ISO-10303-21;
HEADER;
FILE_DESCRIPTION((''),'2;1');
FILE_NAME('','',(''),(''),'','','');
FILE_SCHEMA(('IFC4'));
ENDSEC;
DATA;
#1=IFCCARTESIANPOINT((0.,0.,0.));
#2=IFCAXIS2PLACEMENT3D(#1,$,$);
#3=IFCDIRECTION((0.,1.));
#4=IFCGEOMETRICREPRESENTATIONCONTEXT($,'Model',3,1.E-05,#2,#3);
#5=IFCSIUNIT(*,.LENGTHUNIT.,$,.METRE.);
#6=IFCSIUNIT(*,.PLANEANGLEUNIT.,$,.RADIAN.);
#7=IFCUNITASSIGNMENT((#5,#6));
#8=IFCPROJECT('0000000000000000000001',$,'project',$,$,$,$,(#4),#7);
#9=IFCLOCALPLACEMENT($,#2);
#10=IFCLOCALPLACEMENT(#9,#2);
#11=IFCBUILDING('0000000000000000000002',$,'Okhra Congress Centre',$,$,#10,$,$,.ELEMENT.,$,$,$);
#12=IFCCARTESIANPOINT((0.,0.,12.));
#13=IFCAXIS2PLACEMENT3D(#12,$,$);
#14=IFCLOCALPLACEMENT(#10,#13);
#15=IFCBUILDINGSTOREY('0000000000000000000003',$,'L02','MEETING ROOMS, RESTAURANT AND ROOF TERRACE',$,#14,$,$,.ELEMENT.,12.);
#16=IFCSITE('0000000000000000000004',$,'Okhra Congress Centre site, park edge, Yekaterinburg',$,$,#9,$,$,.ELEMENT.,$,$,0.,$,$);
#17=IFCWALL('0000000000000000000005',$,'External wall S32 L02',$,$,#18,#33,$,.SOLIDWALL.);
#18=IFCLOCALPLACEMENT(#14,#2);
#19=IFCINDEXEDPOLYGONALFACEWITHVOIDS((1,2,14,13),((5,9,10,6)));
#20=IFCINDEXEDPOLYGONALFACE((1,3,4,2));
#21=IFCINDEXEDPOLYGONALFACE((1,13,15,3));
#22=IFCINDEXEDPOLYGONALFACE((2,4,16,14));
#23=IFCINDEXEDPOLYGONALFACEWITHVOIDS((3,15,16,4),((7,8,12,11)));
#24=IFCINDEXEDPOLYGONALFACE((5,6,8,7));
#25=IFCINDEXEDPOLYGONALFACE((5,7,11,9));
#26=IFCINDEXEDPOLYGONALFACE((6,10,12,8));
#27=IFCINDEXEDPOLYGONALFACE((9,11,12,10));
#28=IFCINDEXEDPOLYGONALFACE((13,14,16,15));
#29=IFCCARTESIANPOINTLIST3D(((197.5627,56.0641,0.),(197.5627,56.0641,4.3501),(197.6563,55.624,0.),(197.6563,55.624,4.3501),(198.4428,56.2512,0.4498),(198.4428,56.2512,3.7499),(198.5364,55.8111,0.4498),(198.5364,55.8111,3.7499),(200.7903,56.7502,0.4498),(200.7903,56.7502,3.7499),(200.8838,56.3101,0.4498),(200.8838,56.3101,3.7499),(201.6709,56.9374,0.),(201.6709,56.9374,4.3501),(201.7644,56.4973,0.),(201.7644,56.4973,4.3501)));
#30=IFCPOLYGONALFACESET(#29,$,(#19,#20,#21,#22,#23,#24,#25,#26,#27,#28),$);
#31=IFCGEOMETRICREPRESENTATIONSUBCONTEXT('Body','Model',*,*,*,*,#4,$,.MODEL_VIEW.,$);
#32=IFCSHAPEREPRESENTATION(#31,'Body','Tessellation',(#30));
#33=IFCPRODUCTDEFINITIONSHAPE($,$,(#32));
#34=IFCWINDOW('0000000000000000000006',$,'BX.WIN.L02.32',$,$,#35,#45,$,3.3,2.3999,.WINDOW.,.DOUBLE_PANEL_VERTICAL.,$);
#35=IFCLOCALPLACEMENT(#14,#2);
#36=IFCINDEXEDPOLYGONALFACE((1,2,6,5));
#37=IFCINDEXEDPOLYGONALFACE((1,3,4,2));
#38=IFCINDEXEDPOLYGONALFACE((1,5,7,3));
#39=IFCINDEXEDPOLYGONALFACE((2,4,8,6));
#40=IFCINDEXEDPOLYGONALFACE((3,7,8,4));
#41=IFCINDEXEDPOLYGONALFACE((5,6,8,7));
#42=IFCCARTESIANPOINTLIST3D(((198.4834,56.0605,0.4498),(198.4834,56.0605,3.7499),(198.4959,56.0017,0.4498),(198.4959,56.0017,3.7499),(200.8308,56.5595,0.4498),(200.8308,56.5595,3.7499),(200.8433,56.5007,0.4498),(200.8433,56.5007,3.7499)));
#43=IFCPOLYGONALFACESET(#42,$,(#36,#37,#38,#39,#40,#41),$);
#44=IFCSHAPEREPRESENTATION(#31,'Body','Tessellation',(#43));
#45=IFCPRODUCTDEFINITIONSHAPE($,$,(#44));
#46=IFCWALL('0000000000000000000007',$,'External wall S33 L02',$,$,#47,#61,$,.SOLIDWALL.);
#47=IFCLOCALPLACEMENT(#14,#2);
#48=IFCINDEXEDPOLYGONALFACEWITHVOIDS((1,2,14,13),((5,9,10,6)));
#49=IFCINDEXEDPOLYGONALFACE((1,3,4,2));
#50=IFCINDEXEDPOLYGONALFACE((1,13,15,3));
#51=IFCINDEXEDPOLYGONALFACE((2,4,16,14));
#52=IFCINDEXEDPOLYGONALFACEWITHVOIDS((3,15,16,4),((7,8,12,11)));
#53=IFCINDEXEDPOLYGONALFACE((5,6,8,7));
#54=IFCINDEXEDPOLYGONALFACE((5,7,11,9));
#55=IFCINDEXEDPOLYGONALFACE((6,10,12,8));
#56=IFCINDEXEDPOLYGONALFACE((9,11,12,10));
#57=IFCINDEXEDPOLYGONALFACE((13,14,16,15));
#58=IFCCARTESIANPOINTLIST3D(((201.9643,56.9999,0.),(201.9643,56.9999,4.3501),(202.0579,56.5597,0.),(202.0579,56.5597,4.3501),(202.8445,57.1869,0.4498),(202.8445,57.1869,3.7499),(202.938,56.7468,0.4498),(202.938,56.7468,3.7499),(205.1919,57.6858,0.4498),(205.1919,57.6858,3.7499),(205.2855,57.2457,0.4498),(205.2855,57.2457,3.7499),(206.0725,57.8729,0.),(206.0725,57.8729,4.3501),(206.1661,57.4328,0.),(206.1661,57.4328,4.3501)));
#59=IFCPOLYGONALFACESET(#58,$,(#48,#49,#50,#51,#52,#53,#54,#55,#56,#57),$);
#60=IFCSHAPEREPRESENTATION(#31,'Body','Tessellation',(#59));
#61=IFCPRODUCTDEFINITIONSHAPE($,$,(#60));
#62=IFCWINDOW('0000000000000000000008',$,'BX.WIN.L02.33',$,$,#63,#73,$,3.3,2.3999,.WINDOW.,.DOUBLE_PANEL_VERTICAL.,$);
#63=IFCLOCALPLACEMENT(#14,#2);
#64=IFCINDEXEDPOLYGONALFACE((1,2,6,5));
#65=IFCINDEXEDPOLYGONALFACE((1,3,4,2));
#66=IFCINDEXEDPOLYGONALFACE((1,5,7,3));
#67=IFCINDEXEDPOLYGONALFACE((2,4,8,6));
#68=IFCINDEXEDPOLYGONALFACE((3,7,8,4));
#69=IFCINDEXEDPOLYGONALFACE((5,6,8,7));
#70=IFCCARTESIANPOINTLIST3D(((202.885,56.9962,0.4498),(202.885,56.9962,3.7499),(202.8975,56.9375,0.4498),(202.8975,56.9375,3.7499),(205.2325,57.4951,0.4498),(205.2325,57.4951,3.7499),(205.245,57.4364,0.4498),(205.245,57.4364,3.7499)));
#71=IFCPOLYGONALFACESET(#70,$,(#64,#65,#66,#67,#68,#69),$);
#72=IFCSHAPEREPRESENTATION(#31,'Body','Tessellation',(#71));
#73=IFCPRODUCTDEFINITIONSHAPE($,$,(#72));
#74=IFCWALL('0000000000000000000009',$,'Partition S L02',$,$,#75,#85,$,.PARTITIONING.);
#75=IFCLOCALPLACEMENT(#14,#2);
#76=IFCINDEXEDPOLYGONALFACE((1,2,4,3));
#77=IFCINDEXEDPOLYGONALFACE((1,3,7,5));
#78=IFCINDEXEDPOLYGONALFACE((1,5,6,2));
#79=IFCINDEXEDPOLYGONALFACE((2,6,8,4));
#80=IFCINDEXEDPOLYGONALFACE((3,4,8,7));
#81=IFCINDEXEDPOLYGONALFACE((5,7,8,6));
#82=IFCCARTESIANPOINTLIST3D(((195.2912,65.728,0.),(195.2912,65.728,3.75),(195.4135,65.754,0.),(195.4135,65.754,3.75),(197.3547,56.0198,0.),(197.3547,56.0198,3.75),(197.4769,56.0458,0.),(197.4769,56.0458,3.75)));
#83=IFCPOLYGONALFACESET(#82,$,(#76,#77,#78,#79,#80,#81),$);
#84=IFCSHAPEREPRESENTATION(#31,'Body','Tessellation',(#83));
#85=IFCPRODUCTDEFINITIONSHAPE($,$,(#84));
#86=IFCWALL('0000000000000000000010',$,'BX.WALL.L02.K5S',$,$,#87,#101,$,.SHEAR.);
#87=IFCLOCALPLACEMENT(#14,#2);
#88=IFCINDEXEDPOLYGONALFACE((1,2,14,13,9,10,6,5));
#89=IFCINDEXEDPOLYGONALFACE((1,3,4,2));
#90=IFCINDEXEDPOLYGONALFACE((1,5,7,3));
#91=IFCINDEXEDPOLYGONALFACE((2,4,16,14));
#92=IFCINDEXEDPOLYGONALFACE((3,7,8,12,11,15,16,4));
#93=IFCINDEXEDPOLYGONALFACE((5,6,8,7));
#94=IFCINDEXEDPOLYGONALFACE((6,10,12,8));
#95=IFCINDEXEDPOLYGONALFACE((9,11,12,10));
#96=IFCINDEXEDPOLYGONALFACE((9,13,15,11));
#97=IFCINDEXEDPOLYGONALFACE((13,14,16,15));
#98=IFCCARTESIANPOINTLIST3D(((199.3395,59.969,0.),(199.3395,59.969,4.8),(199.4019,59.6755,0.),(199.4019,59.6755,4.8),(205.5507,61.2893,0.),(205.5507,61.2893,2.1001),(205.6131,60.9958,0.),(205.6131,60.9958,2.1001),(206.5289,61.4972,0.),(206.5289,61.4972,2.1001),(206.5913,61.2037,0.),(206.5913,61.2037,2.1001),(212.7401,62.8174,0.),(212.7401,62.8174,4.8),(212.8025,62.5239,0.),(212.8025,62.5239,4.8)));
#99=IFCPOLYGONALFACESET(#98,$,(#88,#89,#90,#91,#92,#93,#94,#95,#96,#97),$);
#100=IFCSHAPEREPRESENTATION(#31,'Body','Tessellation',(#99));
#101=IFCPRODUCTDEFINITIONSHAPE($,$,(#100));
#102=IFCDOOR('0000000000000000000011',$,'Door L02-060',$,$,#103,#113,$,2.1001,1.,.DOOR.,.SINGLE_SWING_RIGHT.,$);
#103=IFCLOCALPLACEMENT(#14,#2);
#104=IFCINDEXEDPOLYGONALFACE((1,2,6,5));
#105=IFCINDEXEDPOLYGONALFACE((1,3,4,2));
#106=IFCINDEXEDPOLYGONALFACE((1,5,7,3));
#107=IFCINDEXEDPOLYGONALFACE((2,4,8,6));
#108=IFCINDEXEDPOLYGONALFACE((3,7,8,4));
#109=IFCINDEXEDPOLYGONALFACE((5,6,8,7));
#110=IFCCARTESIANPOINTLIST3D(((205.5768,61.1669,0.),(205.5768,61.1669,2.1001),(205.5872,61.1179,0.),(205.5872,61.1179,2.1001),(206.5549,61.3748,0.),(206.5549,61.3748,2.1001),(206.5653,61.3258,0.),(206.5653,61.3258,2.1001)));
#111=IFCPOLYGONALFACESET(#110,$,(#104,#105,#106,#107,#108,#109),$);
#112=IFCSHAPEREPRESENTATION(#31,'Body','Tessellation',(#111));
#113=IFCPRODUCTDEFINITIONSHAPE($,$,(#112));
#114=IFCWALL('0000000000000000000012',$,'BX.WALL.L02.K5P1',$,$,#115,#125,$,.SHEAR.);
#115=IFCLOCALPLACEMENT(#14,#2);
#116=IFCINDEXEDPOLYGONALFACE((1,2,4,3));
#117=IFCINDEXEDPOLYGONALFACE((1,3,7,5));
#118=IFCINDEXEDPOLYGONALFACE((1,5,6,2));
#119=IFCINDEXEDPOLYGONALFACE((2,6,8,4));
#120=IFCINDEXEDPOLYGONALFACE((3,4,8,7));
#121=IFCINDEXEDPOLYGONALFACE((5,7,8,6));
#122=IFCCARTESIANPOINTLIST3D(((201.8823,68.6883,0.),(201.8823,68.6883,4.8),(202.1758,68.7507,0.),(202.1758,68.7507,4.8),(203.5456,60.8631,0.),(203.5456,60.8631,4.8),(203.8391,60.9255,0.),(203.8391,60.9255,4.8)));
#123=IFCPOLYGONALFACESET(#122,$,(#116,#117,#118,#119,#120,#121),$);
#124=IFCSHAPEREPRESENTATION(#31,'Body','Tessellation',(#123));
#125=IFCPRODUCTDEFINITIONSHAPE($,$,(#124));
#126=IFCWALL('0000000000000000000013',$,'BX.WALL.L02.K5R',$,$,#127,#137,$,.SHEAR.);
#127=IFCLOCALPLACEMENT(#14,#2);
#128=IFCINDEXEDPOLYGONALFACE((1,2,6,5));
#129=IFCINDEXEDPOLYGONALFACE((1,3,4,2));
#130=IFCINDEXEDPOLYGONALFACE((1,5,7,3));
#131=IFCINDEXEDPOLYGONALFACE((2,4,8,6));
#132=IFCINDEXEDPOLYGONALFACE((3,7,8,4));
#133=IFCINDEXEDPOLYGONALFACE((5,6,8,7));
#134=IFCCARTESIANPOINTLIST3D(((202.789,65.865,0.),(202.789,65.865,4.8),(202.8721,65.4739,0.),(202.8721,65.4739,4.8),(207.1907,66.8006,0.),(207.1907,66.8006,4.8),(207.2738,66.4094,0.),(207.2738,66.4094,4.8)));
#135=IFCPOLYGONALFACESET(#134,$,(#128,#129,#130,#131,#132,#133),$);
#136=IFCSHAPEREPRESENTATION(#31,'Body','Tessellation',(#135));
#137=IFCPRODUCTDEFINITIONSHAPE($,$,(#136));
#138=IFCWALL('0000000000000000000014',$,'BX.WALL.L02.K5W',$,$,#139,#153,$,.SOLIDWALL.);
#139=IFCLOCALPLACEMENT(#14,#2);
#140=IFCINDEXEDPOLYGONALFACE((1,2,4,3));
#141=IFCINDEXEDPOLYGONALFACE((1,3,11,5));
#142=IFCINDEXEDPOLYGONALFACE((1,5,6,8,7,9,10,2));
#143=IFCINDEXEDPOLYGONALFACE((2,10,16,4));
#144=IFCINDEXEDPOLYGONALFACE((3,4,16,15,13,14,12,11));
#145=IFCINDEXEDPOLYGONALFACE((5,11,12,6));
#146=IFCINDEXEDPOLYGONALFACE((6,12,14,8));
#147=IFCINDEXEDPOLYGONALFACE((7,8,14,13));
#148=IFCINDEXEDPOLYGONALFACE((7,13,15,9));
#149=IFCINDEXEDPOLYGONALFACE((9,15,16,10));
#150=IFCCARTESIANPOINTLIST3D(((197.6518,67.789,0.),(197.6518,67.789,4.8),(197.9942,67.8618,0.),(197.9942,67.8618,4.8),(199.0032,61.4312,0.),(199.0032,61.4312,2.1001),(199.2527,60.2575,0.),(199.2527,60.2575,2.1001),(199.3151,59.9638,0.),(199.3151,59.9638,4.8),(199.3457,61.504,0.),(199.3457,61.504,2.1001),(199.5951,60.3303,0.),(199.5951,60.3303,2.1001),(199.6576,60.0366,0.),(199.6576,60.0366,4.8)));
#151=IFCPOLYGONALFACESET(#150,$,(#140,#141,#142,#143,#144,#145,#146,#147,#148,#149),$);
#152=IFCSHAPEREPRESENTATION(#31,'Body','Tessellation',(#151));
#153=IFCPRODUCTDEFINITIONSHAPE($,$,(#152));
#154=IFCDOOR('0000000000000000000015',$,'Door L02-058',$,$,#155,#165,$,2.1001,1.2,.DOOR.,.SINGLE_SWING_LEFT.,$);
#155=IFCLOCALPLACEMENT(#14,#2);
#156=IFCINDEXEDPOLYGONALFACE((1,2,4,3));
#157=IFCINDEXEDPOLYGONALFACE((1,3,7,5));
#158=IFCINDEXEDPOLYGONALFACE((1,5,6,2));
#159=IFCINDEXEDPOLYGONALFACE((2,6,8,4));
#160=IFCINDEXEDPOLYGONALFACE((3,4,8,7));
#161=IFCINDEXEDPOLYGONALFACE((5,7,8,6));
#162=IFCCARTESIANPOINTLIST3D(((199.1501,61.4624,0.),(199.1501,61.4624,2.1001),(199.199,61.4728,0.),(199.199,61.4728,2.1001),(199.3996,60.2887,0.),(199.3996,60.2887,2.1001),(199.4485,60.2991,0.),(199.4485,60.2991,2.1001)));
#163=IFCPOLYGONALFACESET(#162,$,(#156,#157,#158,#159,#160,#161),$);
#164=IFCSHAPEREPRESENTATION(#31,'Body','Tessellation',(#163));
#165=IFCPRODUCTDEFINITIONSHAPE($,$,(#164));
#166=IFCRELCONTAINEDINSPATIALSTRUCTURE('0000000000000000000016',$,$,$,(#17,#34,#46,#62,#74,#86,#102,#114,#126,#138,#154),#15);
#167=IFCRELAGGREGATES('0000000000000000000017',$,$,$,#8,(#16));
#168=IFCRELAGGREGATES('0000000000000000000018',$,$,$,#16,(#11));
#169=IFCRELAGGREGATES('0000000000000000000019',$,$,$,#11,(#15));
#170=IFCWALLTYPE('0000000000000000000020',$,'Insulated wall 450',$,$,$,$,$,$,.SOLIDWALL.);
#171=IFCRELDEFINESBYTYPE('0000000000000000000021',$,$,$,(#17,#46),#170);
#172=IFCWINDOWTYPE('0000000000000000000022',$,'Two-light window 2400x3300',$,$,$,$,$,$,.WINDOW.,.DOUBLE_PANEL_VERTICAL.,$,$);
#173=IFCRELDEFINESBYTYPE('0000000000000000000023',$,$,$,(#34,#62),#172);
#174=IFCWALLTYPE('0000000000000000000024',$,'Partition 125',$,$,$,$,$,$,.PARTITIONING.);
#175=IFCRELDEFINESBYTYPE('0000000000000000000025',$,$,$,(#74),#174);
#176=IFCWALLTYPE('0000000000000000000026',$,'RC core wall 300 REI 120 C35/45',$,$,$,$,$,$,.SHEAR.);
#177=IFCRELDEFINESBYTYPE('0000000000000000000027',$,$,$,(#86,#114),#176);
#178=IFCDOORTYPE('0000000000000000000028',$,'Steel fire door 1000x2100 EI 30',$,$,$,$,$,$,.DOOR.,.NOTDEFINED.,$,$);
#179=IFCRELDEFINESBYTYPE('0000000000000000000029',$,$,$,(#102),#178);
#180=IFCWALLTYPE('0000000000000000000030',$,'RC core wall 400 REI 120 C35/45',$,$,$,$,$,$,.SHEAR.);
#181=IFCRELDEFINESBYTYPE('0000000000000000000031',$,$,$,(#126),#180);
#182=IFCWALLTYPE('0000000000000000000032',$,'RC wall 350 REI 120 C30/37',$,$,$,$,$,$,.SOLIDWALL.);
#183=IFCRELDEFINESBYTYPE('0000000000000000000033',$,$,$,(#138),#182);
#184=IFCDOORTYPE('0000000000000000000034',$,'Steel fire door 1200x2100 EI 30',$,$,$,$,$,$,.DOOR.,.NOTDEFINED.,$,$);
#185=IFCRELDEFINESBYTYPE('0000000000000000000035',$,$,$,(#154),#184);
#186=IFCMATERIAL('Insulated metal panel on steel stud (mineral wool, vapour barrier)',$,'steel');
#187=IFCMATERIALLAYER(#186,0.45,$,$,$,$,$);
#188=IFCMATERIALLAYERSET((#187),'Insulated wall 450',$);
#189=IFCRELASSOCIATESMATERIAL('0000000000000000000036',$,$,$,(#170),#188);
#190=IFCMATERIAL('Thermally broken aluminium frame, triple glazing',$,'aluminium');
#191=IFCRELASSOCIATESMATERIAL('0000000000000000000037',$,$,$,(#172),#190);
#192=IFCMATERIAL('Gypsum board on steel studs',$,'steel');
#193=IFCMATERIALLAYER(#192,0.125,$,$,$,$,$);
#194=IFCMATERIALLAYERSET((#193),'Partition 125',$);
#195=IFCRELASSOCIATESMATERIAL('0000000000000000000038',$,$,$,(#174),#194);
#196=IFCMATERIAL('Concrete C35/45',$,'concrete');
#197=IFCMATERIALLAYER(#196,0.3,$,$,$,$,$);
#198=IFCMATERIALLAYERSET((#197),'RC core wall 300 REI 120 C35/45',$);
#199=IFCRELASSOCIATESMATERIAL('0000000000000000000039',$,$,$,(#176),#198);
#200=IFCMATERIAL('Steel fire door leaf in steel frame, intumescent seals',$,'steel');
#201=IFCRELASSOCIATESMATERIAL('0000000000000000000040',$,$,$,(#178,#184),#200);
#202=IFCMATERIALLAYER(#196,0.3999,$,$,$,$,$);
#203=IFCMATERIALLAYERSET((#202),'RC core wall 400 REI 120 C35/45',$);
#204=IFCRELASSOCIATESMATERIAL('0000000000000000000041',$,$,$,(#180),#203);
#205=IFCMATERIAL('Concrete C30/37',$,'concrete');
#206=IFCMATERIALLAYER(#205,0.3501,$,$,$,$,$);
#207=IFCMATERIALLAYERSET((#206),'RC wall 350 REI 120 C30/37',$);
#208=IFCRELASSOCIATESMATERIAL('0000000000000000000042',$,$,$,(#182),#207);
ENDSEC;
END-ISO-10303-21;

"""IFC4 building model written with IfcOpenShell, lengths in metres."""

from ifc_helpers import new_model, si_unit, direction, frame, frame_2d, origin, place, context, subcontext, project, spatial, rectangle, extrude, material, layer, layer_set, type_object, element, fill, save


model = new_model("IFC4")

# Units and contexts
model_context = context("Model", 3, precision=1e-05, world=origin(), true_north=direction((0.0, 1.0)))
body_context = subcontext(model_context, "Body", "Model", "MODEL_VIEW")
ifc_project = project(units=[si_unit("LENGTHUNIT", "METRE"), si_unit("PLANEANGLEUNIT", "RADIAN")], contexts=[model_context])

# Site, building, storey
site_placement = place(None, origin())
site = spatial("IfcSite", under=ifc_project, at=site_placement, Name="Okhra Congress Centre site, park edge, Yekaterinburg", CompositionType="ELEMENT", RefElevation=0.0)
building_placement = place(site_placement, origin())
building = spatial("IfcBuilding", under=site, at=building_placement, Name="Okhra Congress Centre", CompositionType="ELEMENT")
storey_placement = place(building_placement, frame((0.0, 0.0, 12.0)))
storey = spatial("IfcBuildingStorey", under=building, at=storey_placement, Name="L02", Description="MEETING ROOMS, RESTAURANT AND ROOF TERRACE", CompositionType="ELEMENT", Elevation=12.0)

# Walls, openings, windows
ifc_material_1 = material(Name="Insulated metal panel on steel stud (mineral wool, vapour barrier)", Category="steel")
ifc_layer_1 = layer(ifc_material_1, 0.45)
ifc_layer_set_1 = layer_set([ifc_layer_1], Name="Insulated wall 450")
wall_type_1 = type_object("IfcWallType", Name="Insulated wall 450", PredefinedType="SOLIDWALL", material=ifc_layer_set_1)
ifc_material_2 = material(Name="Thermally broken aluminium frame, triple glazing", Category="aluminium")
wall_1_placement = place(storey_placement, frame((197.6094, 55.844, 0.0), z_axis=(0.0, 0.0, 1.0), x_axis=(0.978144, 0.207929, 0.0)))
wall_1 = element("IfcWall", 1, at=wall_1_placement, inside=storey, type_object=wall_type_1, Name="External wall S32 L02", PredefinedType="SOLIDWALL", context=body_context, shape_type="SweptSolid", body=[
    extrude(rectangle(XDim=4.2, YDim=0.45, at=frame_2d((2.1001, 0.0))), origin(), (0.0, 0.0, 1.0), 4.3501),
])
opening_1_placement = place(wall_1_placement, frame((0.8999, 0.0, 0.45)))
opening_1 = element("IfcOpeningElement", 2, at=opening_1_placement, cuts=wall_1, PredefinedType="OPENING", context=body_context, shape_type="SweptSolid", body=[
    extrude(rectangle(XDim=2.3999, YDim=3.3, at=frame_2d((1.2, 1.6499))), frame((0.0, 0.2349, 0.0), z_axis=(0.0, -1.0, 0.0), x_axis=(1.0, 0.0, 0.0)), (0.0, 0.0, 1.0), 0.47),
])
window_type_1 = type_object("IfcWindowType", Name="Two-light window 2400x3300", PartitioningType="DOUBLE_PANEL_VERTICAL", PredefinedType="WINDOW", material=ifc_material_2)
window_1_placement = place(opening_1_placement, origin())
window_1 = element("IfcWindow", 3, at=window_1_placement, inside=storey, type_object=window_type_1, Name="BX.WIN.L02.32", OverallHeight=3.3, OverallWidth=2.3999, PartitioningType="DOUBLE_PANEL_VERTICAL", PredefinedType="WINDOW", context=body_context, shape_type="SweptSolid", body=[
    extrude(rectangle(XDim=2.3999, YDim=3.3, at=frame_2d((1.2, 1.6499))), frame((0.0, 0.03, 0.0), z_axis=(0.0, -1.0, 0.0), x_axis=(1.0, 0.0, 0.0)), (0.0, 0.0, 1.0), 0.0601),
])
fill(opening_1, window_1)
wall_2_placement = place(storey_placement, frame((202.011, 56.7798, 0.0), z_axis=(0.0, 0.0, 1.0), x_axis=(0.978156, 0.207873, 0.0)))
wall_2 = element("IfcWall", 4, at=wall_2_placement, inside=storey, type_object=wall_type_1, Name="External wall S33 L02", PredefinedType="SOLIDWALL", context=body_context, shape_type="SweptSolid", body=[
    extrude(rectangle(XDim=4.2, YDim=0.45, at=frame_2d((2.1001, 0.0))), origin(), (0.0, 0.0, 1.0), 4.3501),
])
opening_2_placement = place(wall_2_placement, frame((0.8999, 0.0, 0.45)))
opening_2 = element("IfcOpeningElement", 5, at=opening_2_placement, cuts=wall_2, PredefinedType="OPENING", context=body_context, shape_type="SweptSolid", body=[
    extrude(rectangle(XDim=2.3999, YDim=3.3, at=frame_2d((1.2, 1.6499))), frame((0.0, 0.2349, 0.0), z_axis=(0.0, -1.0, 0.0), x_axis=(1.0, 0.0, 0.0)), (0.0, 0.0, 1.0), 0.47),
])
window_2_placement = place(opening_2_placement, origin())
window_2 = element("IfcWindow", 6, at=window_2_placement, inside=storey, type_object=window_type_1, Name="BX.WIN.L02.33", OverallHeight=3.3, OverallWidth=2.3999, PartitioningType="DOUBLE_PANEL_VERTICAL", PredefinedType="WINDOW", context=body_context, shape_type="SweptSolid", body=[
    extrude(rectangle(XDim=2.3999, YDim=3.3, at=frame_2d((1.2, 1.6499))), frame((0.0, 0.03, 0.0), z_axis=(0.0, -1.0, 0.0), x_axis=(1.0, 0.0, 0.0)), (0.0, 0.0, 1.0), 0.0601),
])
fill(opening_2, window_2)

# Wall
ifc_material_3 = material(Name="Gypsum board on steel studs", Category="steel")
ifc_layer_2 = layer(ifc_material_3, 0.125)
ifc_layer_set_2 = layer_set([ifc_layer_2], Name="Partition 125")
wall_type_2 = type_object("IfcWallType", Name="Partition 125", PredefinedType="PARTITIONING", material=ifc_layer_set_2)
wall_3_placement = place(storey_placement, frame((197.4158, 56.033, 0.0), z_axis=(0.0, 0.0, 1.0), x_axis=(-0.207904, 0.978149, 0.0)))
element("IfcWall", 7, at=wall_3_placement, inside=storey, type_object=wall_type_2, Name="Partition S L02", PredefinedType="PARTITIONING", context=body_context, shape_type="SweptSolid", body=[
    extrude(rectangle(XDim=9.925, YDim=0.125, at=frame_2d((4.9624, 0.0))), origin(), (0.0, 0.0, 1.0), 3.75),
])

# Wall, opening, door
ifc_material_4 = material(Name="Concrete C35/45", Category="concrete")
ifc_layer_3 = layer(ifc_material_4, 0.3)
ifc_layer_set_3 = layer_set([ifc_layer_3], Name="RC core wall 300 REI 120 C35/45")
wall_type_3 = type_object("IfcWallType", Name="RC core wall 300 REI 120 C35/45", PredefinedType="SHEAR", material=ifc_layer_set_3)
wall_4_placement = place(storey_placement, frame((199.3706, 59.8223, 0.0), z_axis=(0.0, 0.0, 1.0), x_axis=(0.978148, 0.207911, 0.0)))
wall_4 = element("IfcWall", 8, at=wall_4_placement, inside=storey, type_object=wall_type_3, Name="BX.WALL.L02.K5S", PredefinedType="SHEAR", context=body_context, shape_type="SweptSolid", body=[
    extrude(rectangle(XDim=13.7, YDim=0.3, at=frame_2d((6.8501, 0.0))), origin(), (0.0, 0.0, 1.0), 4.8),
])
opening_3_placement = place(wall_4_placement, frame((6.3501, 0.0, 0.0)))
opening_3 = element("IfcOpeningElement", 9, at=opening_3_placement, cuts=wall_4, PredefinedType="OPENING", context=body_context, shape_type="SweptSolid", body=[
    extrude(rectangle(XDim=1.0, YDim=2.1001, at=frame_2d((0.5, 1.05))), frame((0.0, 0.1599, 0.0), z_axis=(0.0, -1.0, 0.0), x_axis=(1.0, 0.0, 0.0)), (0.0, 0.0, 1.0), 0.3201),
])
ifc_material_5 = material(Name="Steel fire door leaf in steel frame, intumescent seals", Category="steel")
door_type_1 = type_object("IfcDoorType", Name="Steel fire door 1000x2100 EI 30", OperationType="NOTDEFINED", PredefinedType="DOOR", material=ifc_material_5)
door_1_placement = place(opening_3_placement, origin())
door_1 = element("IfcDoor", 10, at=door_1_placement, inside=storey, type_object=door_type_1, Name="Door L02-060", OperationType="SINGLE_SWING_RIGHT", OverallHeight=2.1001, OverallWidth=1.0, PredefinedType="DOOR", context=body_context, shape_type="SweptSolid", body=[
    extrude(rectangle(XDim=1.0, YDim=2.1001, at=frame_2d((0.5, 1.05))), frame((0.0, 0.0249, 0.0), z_axis=(0.0, -1.0, 0.0), x_axis=(1.0, 0.0, 0.0)), (0.0, 0.0, 1.0), 0.05),
])
fill(opening_3, door_1)

# Walls
wall_5_placement = place(storey_placement, frame((203.6924, 60.8943, 0.0), z_axis=(0.0, 0.0, 1.0), x_axis=(-0.207916, 0.978147, 0.0)))
element("IfcWall", 11, at=wall_5_placement, inside=storey, type_object=wall_type_3, Name="BX.WALL.L02.K5P1", PredefinedType="SHEAR", context=body_context, shape_type="SweptSolid", body=[
    extrude(rectangle(XDim=8.0, YDim=0.3, at=frame_2d((4.0, 0.0))), origin(), (0.0, 0.0, 1.0), 4.8),
])
ifc_layer_4 = layer(ifc_material_4, 0.3999)
ifc_layer_set_4 = layer_set([ifc_layer_4], Name="RC core wall 400 REI 120 C35/45")
wall_type_4 = type_object("IfcWallType", Name="RC core wall 400 REI 120 C35/45", PredefinedType="SHEAR", material=ifc_layer_set_4)
wall_6_placement = place(storey_placement, frame((202.8306, 65.6694, 0.0), z_axis=(0.0, 0.0, 1.0), x_axis=(0.97815, 0.207902, 0.0)))
element("IfcWall", 12, at=wall_6_placement, inside=storey, type_object=wall_type_4, Name="BX.WALL.L02.K5R", PredefinedType="SHEAR", context=body_context, shape_type="SweptSolid", body=[
    extrude(rectangle(XDim=4.5, YDim=0.3999, at=frame_2d((2.25, 0.0))), origin(), (0.0, 0.0, 1.0), 4.8),
])

# Wall, opening, door
ifc_material_6 = material(Name="Concrete C30/37", Category="concrete")
ifc_layer_5 = layer(ifc_material_6, 0.3501)
ifc_layer_set_5 = layer_set([ifc_layer_5], Name="RC wall 350 REI 120 C30/37")
wall_type_5 = type_object("IfcWallType", Name="RC wall 350 REI 120 C30/37", PredefinedType="SOLIDWALL", material=ifc_layer_set_5)
wall_7_placement = place(storey_placement, frame((199.4863, 60.0002, 0.0), z_axis=(0.0, 0.0, 1.0), x_axis=(-0.207916, 0.978147, 0.0)))
wall_7 = element("IfcWall", 13, at=wall_7_placement, inside=storey, type_object=wall_type_5, Name="BX.WALL.L02.K5W", PredefinedType="SOLIDWALL", context=body_context, shape_type="SweptSolid", body=[
    extrude(rectangle(XDim=8.0, YDim=0.3501, at=frame_2d((4.0, 0.0))), origin(), (0.0, 0.0, 1.0), 4.8),
])
opening_4_placement = place(wall_7_placement, frame((0.3, 0.0, 0.0)))
opening_4 = element("IfcOpeningElement", 14, at=opening_4_placement, cuts=wall_7, PredefinedType="OPENING", context=body_context, shape_type="SweptSolid", body=[
    extrude(rectangle(XDim=1.2, YDim=2.1001, at=frame_2d((0.6001, 1.05))), frame((0.0, 0.1851, 0.0), z_axis=(0.0, -1.0, 0.0), x_axis=(1.0, 0.0, 0.0)), (0.0, 0.0, 1.0), 0.3701),
])
door_type_2 = type_object("IfcDoorType", Name="Steel fire door 1200x2100 EI 30", OperationType="NOTDEFINED", PredefinedType="DOOR", material=ifc_material_5)
door_2_placement = place(opening_4_placement, origin())
door_2 = element("IfcDoor", 15, at=door_2_placement, inside=storey, type_object=door_type_2, Name="Door L02-058", OperationType="SINGLE_SWING_LEFT", OverallHeight=2.1001, OverallWidth=1.2, PredefinedType="DOOR", context=body_context, shape_type="SweptSolid", body=[
    extrude(rectangle(XDim=1.2, YDim=2.1001, at=frame_2d((0.6001, 1.05))), frame((0.0, 0.0249, 0.0), z_axis=(0.0, -1.0, 0.0), x_axis=(1.0, 0.0, 0.0)), (0.0, 0.0, 1.0), 0.05),
])
fill(opening_4, door_2)

save(model, "model.ifc")
